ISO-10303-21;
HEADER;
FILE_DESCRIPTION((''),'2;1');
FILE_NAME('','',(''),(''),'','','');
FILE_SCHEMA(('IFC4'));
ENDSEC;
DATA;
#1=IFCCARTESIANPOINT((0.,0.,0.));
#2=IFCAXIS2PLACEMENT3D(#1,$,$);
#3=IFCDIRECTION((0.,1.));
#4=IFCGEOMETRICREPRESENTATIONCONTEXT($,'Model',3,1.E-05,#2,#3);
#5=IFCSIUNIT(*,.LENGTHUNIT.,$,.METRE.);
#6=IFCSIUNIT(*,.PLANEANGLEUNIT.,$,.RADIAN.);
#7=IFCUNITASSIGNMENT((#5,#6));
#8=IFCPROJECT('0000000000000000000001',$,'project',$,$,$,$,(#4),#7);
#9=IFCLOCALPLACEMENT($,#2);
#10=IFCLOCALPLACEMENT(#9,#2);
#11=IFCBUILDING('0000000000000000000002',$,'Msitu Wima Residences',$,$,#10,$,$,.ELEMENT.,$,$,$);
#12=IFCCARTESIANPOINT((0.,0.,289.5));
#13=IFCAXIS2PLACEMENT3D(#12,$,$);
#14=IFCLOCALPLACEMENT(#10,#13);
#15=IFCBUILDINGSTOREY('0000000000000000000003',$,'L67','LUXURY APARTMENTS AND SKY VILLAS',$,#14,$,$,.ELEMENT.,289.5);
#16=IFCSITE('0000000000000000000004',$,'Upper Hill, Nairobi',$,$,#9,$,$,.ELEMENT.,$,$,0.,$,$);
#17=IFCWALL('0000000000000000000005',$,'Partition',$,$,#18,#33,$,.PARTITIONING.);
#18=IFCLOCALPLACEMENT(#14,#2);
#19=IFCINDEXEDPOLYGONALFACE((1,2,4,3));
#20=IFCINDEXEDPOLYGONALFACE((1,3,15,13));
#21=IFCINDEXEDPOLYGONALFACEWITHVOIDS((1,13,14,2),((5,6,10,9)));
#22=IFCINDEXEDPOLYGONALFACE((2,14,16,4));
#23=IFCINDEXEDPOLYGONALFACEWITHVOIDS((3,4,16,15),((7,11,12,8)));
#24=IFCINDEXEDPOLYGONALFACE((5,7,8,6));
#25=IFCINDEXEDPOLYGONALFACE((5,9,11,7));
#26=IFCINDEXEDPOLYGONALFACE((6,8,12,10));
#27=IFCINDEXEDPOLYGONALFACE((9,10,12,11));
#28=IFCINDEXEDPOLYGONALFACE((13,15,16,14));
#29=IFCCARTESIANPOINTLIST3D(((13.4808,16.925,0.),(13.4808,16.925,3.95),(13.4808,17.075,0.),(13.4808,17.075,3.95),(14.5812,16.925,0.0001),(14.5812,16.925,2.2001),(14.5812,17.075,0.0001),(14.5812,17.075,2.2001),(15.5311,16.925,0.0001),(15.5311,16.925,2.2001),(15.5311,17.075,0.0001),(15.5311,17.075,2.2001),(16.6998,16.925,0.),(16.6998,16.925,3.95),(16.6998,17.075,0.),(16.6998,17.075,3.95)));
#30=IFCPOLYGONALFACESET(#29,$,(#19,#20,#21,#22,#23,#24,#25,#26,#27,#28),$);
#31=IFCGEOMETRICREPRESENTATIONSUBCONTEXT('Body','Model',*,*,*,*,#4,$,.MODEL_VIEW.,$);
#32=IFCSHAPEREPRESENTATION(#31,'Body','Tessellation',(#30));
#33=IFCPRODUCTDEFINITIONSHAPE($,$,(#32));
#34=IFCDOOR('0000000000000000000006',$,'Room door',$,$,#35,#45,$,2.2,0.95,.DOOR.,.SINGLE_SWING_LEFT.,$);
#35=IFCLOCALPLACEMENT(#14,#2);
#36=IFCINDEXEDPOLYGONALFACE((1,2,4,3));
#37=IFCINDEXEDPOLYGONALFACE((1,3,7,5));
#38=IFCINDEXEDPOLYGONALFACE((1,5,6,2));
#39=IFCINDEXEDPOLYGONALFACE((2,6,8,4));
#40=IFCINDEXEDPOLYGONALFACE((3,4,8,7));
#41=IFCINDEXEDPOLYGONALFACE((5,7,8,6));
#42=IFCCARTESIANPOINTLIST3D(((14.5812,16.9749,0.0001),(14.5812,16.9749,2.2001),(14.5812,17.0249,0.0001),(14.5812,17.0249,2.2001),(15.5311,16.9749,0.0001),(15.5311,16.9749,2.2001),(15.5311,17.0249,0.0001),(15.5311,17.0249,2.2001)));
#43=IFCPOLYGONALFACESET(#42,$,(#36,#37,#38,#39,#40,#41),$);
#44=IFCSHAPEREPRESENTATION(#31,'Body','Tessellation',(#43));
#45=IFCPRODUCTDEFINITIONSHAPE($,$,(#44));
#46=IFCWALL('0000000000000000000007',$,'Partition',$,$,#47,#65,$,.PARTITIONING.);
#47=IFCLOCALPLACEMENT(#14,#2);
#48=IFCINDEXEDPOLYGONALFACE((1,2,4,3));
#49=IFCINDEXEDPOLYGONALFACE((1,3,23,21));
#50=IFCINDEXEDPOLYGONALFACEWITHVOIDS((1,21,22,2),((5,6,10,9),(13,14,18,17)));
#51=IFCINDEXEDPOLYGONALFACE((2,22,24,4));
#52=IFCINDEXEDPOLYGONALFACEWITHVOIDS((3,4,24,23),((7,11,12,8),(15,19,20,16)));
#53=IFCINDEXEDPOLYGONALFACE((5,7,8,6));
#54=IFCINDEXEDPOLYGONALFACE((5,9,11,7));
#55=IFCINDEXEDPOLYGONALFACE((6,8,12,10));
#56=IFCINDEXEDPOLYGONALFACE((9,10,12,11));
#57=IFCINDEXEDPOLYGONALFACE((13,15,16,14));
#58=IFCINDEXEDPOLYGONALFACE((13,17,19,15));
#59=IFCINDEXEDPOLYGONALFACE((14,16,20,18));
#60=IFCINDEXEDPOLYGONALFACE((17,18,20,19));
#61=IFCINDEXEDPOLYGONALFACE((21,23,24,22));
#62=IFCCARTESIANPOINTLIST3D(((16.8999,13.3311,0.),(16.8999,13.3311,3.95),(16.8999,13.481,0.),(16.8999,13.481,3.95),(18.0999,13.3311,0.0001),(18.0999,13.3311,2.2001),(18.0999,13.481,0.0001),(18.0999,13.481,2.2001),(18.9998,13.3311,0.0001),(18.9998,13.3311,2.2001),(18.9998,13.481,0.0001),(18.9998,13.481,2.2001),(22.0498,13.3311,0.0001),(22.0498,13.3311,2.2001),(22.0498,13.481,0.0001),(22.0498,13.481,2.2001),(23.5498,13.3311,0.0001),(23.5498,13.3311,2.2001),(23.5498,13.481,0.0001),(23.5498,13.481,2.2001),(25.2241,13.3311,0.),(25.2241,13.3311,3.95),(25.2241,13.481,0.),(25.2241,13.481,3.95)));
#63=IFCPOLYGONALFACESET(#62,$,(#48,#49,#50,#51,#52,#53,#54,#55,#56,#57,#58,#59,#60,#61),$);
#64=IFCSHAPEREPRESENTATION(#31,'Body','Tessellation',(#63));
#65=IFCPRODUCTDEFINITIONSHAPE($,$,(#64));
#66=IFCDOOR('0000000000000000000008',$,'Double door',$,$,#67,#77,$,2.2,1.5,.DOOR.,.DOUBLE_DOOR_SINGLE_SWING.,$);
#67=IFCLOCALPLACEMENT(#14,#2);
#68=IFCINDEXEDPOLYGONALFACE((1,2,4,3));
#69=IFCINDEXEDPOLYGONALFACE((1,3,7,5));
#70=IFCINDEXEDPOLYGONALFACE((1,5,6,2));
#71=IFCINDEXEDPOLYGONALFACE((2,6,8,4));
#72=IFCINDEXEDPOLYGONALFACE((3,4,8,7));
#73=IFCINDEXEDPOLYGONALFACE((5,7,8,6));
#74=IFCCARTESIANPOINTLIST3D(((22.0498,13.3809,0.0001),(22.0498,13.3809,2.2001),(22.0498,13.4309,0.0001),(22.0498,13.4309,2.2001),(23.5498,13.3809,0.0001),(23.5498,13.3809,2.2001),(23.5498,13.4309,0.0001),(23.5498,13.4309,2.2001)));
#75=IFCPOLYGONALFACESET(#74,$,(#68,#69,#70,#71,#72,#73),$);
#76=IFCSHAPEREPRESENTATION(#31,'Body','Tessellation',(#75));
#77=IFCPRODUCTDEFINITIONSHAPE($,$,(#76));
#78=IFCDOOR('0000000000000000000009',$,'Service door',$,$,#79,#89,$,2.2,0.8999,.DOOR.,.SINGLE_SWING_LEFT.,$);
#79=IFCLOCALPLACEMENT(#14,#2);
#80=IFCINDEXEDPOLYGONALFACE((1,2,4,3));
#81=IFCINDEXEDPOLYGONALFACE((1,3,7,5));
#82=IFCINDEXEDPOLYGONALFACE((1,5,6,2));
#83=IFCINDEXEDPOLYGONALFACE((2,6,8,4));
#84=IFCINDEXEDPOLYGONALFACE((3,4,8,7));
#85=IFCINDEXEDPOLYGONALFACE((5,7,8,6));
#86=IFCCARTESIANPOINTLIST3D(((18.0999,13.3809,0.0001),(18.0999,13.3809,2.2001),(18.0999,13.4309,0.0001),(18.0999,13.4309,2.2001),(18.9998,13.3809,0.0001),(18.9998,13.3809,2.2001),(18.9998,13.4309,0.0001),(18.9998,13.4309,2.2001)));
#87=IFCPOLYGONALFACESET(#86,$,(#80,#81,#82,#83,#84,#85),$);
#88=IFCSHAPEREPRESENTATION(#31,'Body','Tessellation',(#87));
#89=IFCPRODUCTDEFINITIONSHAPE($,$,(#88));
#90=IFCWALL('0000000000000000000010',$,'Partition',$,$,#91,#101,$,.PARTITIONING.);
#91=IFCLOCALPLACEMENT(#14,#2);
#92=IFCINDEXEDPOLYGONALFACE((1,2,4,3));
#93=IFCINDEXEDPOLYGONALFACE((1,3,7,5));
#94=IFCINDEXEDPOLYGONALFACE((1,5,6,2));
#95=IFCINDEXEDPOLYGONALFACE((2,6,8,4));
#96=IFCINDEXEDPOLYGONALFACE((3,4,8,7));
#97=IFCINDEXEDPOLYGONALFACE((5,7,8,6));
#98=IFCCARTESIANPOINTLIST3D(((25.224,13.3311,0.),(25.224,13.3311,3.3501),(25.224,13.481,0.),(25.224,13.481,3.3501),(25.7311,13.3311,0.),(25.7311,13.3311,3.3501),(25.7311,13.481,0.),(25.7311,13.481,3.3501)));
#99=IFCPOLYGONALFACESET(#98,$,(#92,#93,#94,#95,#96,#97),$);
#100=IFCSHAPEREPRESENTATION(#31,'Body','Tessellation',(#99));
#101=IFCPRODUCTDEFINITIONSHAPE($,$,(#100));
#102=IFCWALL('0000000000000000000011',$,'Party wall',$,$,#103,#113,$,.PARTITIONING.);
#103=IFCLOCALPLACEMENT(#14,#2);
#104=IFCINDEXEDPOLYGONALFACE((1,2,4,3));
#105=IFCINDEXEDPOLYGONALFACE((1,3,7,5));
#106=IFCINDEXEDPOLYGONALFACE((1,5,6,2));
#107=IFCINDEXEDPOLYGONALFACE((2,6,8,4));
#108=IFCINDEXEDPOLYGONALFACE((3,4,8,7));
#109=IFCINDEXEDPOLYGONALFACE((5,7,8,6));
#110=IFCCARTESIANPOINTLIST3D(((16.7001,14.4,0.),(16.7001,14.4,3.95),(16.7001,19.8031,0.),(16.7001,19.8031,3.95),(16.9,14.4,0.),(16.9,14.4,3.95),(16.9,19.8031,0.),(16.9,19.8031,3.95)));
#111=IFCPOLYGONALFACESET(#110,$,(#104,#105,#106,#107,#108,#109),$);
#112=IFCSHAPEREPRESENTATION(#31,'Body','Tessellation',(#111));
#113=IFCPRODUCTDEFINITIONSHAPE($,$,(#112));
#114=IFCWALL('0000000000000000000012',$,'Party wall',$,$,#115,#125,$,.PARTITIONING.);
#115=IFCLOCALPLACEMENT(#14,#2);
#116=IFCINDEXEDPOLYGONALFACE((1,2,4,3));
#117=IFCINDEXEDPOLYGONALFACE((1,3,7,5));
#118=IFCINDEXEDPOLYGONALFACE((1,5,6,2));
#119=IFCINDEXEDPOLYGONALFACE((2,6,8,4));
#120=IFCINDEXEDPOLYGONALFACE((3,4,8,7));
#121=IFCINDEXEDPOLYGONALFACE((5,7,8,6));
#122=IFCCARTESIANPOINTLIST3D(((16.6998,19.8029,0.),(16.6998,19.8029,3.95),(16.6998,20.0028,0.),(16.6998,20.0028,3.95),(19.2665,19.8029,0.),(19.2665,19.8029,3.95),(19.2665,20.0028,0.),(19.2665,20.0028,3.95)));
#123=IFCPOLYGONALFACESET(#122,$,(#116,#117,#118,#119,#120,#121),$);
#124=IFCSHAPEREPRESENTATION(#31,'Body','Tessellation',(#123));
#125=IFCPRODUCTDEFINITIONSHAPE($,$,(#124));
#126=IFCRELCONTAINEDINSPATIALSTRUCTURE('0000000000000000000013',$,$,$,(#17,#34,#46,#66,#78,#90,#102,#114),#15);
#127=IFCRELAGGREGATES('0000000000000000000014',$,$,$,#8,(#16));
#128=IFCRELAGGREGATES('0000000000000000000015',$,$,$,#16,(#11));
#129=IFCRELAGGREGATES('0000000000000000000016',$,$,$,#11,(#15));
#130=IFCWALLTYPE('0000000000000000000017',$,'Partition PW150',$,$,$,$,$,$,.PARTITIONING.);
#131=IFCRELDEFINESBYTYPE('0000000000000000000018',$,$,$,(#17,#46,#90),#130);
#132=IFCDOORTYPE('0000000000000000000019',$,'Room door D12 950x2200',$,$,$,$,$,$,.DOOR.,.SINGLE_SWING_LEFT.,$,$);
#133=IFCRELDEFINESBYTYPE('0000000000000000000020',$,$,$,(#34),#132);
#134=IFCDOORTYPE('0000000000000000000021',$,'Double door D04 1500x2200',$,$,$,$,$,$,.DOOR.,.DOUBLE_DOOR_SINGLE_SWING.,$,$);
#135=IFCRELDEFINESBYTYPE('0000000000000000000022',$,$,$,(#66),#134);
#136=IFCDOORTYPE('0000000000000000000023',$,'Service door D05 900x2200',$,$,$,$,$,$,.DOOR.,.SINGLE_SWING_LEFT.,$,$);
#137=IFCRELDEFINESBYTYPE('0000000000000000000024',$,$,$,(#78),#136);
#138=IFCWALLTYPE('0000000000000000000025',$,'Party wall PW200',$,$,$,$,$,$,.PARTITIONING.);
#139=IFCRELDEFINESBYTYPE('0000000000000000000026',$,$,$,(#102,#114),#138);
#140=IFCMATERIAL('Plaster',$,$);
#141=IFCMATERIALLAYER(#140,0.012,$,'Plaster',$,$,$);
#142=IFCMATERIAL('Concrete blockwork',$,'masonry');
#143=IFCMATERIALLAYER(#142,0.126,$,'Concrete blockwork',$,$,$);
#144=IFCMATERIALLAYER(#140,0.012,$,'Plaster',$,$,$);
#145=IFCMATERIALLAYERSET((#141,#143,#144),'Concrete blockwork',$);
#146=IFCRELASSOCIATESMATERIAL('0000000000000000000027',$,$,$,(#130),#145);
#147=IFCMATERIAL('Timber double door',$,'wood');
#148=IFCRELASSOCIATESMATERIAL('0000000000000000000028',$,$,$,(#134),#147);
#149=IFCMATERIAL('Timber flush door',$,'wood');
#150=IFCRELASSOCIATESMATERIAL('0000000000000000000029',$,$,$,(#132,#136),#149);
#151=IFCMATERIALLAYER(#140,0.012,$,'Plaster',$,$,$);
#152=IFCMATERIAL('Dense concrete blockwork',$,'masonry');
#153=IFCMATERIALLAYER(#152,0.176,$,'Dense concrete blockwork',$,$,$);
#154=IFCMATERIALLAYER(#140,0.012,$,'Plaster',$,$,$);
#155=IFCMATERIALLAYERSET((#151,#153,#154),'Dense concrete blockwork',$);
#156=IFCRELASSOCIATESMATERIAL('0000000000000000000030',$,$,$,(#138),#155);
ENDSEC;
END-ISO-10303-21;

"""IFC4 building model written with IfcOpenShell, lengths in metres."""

from ifc_helpers import new_model, si_unit, direction, frame, frame_2d, origin, place, context, subcontext, project, spatial, rectangle, extrude, material, layer, layer_set, type_object, element, fill, save


model = new_model("IFC4")

# Units and contexts
model_context = context("Model", 3, precision=1e-05, world=origin(), true_north=direction((0.0, 1.0)))
body_context = subcontext(model_context, "Body", "Model", "MODEL_VIEW")
ifc_project = project(units=[si_unit("LENGTHUNIT", "METRE"), si_unit("PLANEANGLEUNIT", "RADIAN")], contexts=[model_context])

# Site, building, storey
site_placement = place(None, origin())
site = spatial("IfcSite", under=ifc_project, at=site_placement, Name="Upper Hill, Nairobi", CompositionType="ELEMENT", RefElevation=0.0)
building_placement = place(site_placement, origin())
building = spatial("IfcBuilding", under=site, at=building_placement, Name="Msitu Wima Residences", CompositionType="ELEMENT")
storey_placement = place(building_placement, frame((0.0, 0.0, 289.5)))
storey = spatial("IfcBuildingStorey", under=building, at=storey_placement, Name="L67", Description="LUXURY APARTMENTS AND SKY VILLAS", CompositionType="ELEMENT", Elevation=289.5)

# Shared definitions
ifc_material_1 = material(Name="Plaster")
ifc_material_2 = material(Name="Concrete blockwork", Category="masonry")

# Wall, opening, door
ifc_layer_1 = layer(ifc_material_1, 0.012, Name="Plaster")
ifc_layer_2 = layer(ifc_material_2, 0.126, Name="Concrete blockwork")
ifc_layer_3 = layer(ifc_material_1, 0.012, Name="Plaster")
ifc_layer_set_1 = layer_set([ifc_layer_1, ifc_layer_2, ifc_layer_3], Name="Concrete blockwork")
wall_type_1 = type_object("IfcWallType", Name="Partition PW150", PredefinedType="PARTITIONING", material=ifc_layer_set_1)
ifc_material_3 = material(Name="Timber double door", Category="wood")
door_type_1 = type_object("IfcDoorType", Name="Double door D04 1500x2200", OperationType="DOUBLE_DOOR_SINGLE_SWING", PredefinedType="DOOR", material=ifc_material_3)
wall_1_placement = place(storey_placement, frame((13.481, 17.0, 0.0), z_axis=(0.0, 0.0, 1.0), x_axis=(1.0, 0.0, 0.0)))
wall_1 = element("IfcWall", 1, at=wall_1_placement, inside=storey, type_object=wall_type_1, Name="Partition", PredefinedType="PARTITIONING", context=body_context, shape_type="SweptSolid", body=[
    extrude(rectangle(XDim=3.219, YDim=0.1499, at=frame_2d((1.6094, 0.0))), origin(), (0.0, 0.0, 1.0), 3.95),
])
opening_1_placement = place(wall_1_placement, frame((1.1001, 0.0, 0.0)))
opening_1 = element("IfcOpeningElement", 2, at=opening_1_placement, cuts=wall_1, PredefinedType="OPENING", context=body_context, shape_type="SweptSolid", body=[
    extrude(rectangle(XDim=0.95, YDim=2.2, at=frame_2d((0.4751, 1.1001))), frame((0.0, 0.085, 0.0), z_axis=(0.0, -1.0, 0.0), x_axis=(1.0, 0.0, 0.0)), (0.0, 0.0, 1.0), 0.1699),
])
ifc_material_4 = material(Name="Timber flush door", Category="wood")
door_type_2 = type_object("IfcDoorType", Name="Room door D12 950x2200", OperationType="SINGLE_SWING_LEFT", PredefinedType="DOOR", material=ifc_material_4)
door_1_placement = place(opening_1_placement, origin())
door_1 = element("IfcDoor", 3, at=door_1_placement, inside=storey, type_object=door_type_2, Name="Room door", OperationType="SINGLE_SWING_LEFT", OverallHeight=2.2, OverallWidth=0.95, PredefinedType="DOOR", context=body_context, shape_type="SweptSolid", body=[
    extrude(rectangle(XDim=0.95, YDim=2.2, at=frame_2d((0.4751, 1.1001))), frame((0.0, 0.0249, 0.0), z_axis=(0.0, -1.0, 0.0), x_axis=(1.0, 0.0, 0.0)), (0.0, 0.0, 1.0), 0.05),
])
fill(opening_1, door_1)

# Wall, openings, doors
wall_2_placement = place(storey_placement, frame((16.8999, 13.406, 0.0), z_axis=(0.0, 0.0, 1.0), x_axis=(1.0, 0.0, 0.0)))
wall_2 = element("IfcWall", 4, at=wall_2_placement, inside=storey, type_object=wall_type_1, Name="Partition", PredefinedType="PARTITIONING", context=body_context, shape_type="SweptSolid", body=[
    extrude(rectangle(XDim=8.3242, YDim=0.1499, at=frame_2d((4.1621, 0.0))), origin(), (0.0, 0.0, 1.0), 3.95),
])
opening_2_placement = place(wall_2_placement, frame((5.1499, 0.0, 0.0)))
opening_2 = element("IfcOpeningElement", 5, at=opening_2_placement, cuts=wall_2, PredefinedType="OPENING", context=body_context, shape_type="SweptSolid", body=[
    extrude(rectangle(XDim=1.5, YDim=2.2, at=frame_2d((0.75, 1.1001))), frame((0.0, 0.085, 0.0), z_axis=(0.0, -1.0, 0.0), x_axis=(1.0, 0.0, 0.0)), (0.0, 0.0, 1.0), 0.1699),
])
opening_3_placement = place(wall_2_placement, frame((1.2, 0.0, 0.0)))
opening_3 = element("IfcOpeningElement", 6, at=opening_3_placement, cuts=wall_2, PredefinedType="OPENING", context=body_context, shape_type="SweptSolid", body=[
    extrude(rectangle(XDim=0.8999, YDim=2.2, at=frame_2d((0.45, 1.1001))), frame((0.0, 0.085, 0.0), z_axis=(0.0, -1.0, 0.0), x_axis=(1.0, 0.0, 0.0)), (0.0, 0.0, 1.0), 0.1699),
])
door_2_placement = place(opening_2_placement, origin())
door_2 = element("IfcDoor", 7, at=door_2_placement, inside=storey, type_object=door_type_1, Name="Double door", OperationType="DOUBLE_DOOR_SINGLE_SWING", OverallHeight=2.2, OverallWidth=1.5, PredefinedType="DOOR", context=body_context, shape_type="SweptSolid", body=[
    extrude(rectangle(XDim=1.5, YDim=2.2, at=frame_2d((0.75, 1.1001))), frame((0.0, 0.0249, 0.0), z_axis=(0.0, -1.0, 0.0), x_axis=(1.0, 0.0, 0.0)), (0.0, 0.0, 1.0), 0.05),
])
fill(opening_2, door_2)
door_type_3 = type_object("IfcDoorType", Name="Service door D05 900x2200", OperationType="SINGLE_SWING_LEFT", PredefinedType="DOOR", material=ifc_material_4)
door_3_placement = place(opening_3_placement, origin())
door_3 = element("IfcDoor", 8, at=door_3_placement, inside=storey, type_object=door_type_3, Name="Service door", OperationType="SINGLE_SWING_LEFT", OverallHeight=2.2, OverallWidth=0.8999, PredefinedType="DOOR", context=body_context, shape_type="SweptSolid", body=[
    extrude(rectangle(XDim=0.8999, YDim=2.2, at=frame_2d((0.45, 1.1001))), frame((0.0, 0.0249, 0.0), z_axis=(0.0, -1.0, 0.0), x_axis=(1.0, 0.0, 0.0)), (0.0, 0.0, 1.0), 0.05),
])
fill(opening_3, door_3)

# Walls
wall_3_placement = place(storey_placement, frame((25.2241, 13.406, 0.0), z_axis=(0.0, 0.0, 1.0), x_axis=(1.0, 0.0, 0.0)))
element("IfcWall", 9, at=wall_3_placement, inside=storey, type_object=wall_type_1, Name="Partition", PredefinedType="PARTITIONING", context=body_context, shape_type="SweptSolid", body=[
    extrude(rectangle(XDim=0.5071, YDim=0.1499, at=frame_2d((0.2534, 0.0))), origin(), (0.0, 0.0, 1.0), 3.3501),
])
ifc_layer_4 = layer(ifc_material_1, 0.012, Name="Plaster")
ifc_material_5 = material(Name="Dense concrete blockwork", Category="masonry")
ifc_layer_5 = layer(ifc_material_5, 0.176, Name="Dense concrete blockwork")
ifc_layer_6 = layer(ifc_material_1, 0.012, Name="Plaster")
ifc_layer_set_2 = layer_set([ifc_layer_4, ifc_layer_5, ifc_layer_6], Name="Dense concrete blockwork")
wall_type_2 = type_object("IfcWallType", Name="Party wall PW200", PredefinedType="PARTITIONING", material=ifc_layer_set_2)
wall_4_placement = place(storey_placement, frame((16.8, 14.3999, 0.0), z_axis=(0.0, 0.0, 1.0), x_axis=(0.0, 1.0, 0.0)))
element("IfcWall", 10, at=wall_4_placement, inside=storey, type_object=wall_type_2, Name="Party wall", PredefinedType="PARTITIONING", context=body_context, shape_type="SweptSolid", body=[
    extrude(rectangle(XDim=5.4031, YDim=0.2, at=frame_2d((2.7017, 0.0))), origin(), (0.0, 0.0, 1.0), 3.95),
])
wall_5_placement = place(storey_placement, frame((16.7, 19.9028, 0.0), z_axis=(0.0, 0.0, 1.0), x_axis=(1.0, 0.0, 0.0)))
element("IfcWall", 11, at=wall_5_placement, inside=storey, type_object=wall_type_2, Name="Party wall", PredefinedType="PARTITIONING", context=body_context, shape_type="SweptSolid", body=[
    extrude(rectangle(XDim=2.5667, YDim=0.2, at=frame_2d((1.2832, 0.0))), origin(), (0.0, 0.0, 1.0), 3.95),
])

save(model, "model.ifc")
